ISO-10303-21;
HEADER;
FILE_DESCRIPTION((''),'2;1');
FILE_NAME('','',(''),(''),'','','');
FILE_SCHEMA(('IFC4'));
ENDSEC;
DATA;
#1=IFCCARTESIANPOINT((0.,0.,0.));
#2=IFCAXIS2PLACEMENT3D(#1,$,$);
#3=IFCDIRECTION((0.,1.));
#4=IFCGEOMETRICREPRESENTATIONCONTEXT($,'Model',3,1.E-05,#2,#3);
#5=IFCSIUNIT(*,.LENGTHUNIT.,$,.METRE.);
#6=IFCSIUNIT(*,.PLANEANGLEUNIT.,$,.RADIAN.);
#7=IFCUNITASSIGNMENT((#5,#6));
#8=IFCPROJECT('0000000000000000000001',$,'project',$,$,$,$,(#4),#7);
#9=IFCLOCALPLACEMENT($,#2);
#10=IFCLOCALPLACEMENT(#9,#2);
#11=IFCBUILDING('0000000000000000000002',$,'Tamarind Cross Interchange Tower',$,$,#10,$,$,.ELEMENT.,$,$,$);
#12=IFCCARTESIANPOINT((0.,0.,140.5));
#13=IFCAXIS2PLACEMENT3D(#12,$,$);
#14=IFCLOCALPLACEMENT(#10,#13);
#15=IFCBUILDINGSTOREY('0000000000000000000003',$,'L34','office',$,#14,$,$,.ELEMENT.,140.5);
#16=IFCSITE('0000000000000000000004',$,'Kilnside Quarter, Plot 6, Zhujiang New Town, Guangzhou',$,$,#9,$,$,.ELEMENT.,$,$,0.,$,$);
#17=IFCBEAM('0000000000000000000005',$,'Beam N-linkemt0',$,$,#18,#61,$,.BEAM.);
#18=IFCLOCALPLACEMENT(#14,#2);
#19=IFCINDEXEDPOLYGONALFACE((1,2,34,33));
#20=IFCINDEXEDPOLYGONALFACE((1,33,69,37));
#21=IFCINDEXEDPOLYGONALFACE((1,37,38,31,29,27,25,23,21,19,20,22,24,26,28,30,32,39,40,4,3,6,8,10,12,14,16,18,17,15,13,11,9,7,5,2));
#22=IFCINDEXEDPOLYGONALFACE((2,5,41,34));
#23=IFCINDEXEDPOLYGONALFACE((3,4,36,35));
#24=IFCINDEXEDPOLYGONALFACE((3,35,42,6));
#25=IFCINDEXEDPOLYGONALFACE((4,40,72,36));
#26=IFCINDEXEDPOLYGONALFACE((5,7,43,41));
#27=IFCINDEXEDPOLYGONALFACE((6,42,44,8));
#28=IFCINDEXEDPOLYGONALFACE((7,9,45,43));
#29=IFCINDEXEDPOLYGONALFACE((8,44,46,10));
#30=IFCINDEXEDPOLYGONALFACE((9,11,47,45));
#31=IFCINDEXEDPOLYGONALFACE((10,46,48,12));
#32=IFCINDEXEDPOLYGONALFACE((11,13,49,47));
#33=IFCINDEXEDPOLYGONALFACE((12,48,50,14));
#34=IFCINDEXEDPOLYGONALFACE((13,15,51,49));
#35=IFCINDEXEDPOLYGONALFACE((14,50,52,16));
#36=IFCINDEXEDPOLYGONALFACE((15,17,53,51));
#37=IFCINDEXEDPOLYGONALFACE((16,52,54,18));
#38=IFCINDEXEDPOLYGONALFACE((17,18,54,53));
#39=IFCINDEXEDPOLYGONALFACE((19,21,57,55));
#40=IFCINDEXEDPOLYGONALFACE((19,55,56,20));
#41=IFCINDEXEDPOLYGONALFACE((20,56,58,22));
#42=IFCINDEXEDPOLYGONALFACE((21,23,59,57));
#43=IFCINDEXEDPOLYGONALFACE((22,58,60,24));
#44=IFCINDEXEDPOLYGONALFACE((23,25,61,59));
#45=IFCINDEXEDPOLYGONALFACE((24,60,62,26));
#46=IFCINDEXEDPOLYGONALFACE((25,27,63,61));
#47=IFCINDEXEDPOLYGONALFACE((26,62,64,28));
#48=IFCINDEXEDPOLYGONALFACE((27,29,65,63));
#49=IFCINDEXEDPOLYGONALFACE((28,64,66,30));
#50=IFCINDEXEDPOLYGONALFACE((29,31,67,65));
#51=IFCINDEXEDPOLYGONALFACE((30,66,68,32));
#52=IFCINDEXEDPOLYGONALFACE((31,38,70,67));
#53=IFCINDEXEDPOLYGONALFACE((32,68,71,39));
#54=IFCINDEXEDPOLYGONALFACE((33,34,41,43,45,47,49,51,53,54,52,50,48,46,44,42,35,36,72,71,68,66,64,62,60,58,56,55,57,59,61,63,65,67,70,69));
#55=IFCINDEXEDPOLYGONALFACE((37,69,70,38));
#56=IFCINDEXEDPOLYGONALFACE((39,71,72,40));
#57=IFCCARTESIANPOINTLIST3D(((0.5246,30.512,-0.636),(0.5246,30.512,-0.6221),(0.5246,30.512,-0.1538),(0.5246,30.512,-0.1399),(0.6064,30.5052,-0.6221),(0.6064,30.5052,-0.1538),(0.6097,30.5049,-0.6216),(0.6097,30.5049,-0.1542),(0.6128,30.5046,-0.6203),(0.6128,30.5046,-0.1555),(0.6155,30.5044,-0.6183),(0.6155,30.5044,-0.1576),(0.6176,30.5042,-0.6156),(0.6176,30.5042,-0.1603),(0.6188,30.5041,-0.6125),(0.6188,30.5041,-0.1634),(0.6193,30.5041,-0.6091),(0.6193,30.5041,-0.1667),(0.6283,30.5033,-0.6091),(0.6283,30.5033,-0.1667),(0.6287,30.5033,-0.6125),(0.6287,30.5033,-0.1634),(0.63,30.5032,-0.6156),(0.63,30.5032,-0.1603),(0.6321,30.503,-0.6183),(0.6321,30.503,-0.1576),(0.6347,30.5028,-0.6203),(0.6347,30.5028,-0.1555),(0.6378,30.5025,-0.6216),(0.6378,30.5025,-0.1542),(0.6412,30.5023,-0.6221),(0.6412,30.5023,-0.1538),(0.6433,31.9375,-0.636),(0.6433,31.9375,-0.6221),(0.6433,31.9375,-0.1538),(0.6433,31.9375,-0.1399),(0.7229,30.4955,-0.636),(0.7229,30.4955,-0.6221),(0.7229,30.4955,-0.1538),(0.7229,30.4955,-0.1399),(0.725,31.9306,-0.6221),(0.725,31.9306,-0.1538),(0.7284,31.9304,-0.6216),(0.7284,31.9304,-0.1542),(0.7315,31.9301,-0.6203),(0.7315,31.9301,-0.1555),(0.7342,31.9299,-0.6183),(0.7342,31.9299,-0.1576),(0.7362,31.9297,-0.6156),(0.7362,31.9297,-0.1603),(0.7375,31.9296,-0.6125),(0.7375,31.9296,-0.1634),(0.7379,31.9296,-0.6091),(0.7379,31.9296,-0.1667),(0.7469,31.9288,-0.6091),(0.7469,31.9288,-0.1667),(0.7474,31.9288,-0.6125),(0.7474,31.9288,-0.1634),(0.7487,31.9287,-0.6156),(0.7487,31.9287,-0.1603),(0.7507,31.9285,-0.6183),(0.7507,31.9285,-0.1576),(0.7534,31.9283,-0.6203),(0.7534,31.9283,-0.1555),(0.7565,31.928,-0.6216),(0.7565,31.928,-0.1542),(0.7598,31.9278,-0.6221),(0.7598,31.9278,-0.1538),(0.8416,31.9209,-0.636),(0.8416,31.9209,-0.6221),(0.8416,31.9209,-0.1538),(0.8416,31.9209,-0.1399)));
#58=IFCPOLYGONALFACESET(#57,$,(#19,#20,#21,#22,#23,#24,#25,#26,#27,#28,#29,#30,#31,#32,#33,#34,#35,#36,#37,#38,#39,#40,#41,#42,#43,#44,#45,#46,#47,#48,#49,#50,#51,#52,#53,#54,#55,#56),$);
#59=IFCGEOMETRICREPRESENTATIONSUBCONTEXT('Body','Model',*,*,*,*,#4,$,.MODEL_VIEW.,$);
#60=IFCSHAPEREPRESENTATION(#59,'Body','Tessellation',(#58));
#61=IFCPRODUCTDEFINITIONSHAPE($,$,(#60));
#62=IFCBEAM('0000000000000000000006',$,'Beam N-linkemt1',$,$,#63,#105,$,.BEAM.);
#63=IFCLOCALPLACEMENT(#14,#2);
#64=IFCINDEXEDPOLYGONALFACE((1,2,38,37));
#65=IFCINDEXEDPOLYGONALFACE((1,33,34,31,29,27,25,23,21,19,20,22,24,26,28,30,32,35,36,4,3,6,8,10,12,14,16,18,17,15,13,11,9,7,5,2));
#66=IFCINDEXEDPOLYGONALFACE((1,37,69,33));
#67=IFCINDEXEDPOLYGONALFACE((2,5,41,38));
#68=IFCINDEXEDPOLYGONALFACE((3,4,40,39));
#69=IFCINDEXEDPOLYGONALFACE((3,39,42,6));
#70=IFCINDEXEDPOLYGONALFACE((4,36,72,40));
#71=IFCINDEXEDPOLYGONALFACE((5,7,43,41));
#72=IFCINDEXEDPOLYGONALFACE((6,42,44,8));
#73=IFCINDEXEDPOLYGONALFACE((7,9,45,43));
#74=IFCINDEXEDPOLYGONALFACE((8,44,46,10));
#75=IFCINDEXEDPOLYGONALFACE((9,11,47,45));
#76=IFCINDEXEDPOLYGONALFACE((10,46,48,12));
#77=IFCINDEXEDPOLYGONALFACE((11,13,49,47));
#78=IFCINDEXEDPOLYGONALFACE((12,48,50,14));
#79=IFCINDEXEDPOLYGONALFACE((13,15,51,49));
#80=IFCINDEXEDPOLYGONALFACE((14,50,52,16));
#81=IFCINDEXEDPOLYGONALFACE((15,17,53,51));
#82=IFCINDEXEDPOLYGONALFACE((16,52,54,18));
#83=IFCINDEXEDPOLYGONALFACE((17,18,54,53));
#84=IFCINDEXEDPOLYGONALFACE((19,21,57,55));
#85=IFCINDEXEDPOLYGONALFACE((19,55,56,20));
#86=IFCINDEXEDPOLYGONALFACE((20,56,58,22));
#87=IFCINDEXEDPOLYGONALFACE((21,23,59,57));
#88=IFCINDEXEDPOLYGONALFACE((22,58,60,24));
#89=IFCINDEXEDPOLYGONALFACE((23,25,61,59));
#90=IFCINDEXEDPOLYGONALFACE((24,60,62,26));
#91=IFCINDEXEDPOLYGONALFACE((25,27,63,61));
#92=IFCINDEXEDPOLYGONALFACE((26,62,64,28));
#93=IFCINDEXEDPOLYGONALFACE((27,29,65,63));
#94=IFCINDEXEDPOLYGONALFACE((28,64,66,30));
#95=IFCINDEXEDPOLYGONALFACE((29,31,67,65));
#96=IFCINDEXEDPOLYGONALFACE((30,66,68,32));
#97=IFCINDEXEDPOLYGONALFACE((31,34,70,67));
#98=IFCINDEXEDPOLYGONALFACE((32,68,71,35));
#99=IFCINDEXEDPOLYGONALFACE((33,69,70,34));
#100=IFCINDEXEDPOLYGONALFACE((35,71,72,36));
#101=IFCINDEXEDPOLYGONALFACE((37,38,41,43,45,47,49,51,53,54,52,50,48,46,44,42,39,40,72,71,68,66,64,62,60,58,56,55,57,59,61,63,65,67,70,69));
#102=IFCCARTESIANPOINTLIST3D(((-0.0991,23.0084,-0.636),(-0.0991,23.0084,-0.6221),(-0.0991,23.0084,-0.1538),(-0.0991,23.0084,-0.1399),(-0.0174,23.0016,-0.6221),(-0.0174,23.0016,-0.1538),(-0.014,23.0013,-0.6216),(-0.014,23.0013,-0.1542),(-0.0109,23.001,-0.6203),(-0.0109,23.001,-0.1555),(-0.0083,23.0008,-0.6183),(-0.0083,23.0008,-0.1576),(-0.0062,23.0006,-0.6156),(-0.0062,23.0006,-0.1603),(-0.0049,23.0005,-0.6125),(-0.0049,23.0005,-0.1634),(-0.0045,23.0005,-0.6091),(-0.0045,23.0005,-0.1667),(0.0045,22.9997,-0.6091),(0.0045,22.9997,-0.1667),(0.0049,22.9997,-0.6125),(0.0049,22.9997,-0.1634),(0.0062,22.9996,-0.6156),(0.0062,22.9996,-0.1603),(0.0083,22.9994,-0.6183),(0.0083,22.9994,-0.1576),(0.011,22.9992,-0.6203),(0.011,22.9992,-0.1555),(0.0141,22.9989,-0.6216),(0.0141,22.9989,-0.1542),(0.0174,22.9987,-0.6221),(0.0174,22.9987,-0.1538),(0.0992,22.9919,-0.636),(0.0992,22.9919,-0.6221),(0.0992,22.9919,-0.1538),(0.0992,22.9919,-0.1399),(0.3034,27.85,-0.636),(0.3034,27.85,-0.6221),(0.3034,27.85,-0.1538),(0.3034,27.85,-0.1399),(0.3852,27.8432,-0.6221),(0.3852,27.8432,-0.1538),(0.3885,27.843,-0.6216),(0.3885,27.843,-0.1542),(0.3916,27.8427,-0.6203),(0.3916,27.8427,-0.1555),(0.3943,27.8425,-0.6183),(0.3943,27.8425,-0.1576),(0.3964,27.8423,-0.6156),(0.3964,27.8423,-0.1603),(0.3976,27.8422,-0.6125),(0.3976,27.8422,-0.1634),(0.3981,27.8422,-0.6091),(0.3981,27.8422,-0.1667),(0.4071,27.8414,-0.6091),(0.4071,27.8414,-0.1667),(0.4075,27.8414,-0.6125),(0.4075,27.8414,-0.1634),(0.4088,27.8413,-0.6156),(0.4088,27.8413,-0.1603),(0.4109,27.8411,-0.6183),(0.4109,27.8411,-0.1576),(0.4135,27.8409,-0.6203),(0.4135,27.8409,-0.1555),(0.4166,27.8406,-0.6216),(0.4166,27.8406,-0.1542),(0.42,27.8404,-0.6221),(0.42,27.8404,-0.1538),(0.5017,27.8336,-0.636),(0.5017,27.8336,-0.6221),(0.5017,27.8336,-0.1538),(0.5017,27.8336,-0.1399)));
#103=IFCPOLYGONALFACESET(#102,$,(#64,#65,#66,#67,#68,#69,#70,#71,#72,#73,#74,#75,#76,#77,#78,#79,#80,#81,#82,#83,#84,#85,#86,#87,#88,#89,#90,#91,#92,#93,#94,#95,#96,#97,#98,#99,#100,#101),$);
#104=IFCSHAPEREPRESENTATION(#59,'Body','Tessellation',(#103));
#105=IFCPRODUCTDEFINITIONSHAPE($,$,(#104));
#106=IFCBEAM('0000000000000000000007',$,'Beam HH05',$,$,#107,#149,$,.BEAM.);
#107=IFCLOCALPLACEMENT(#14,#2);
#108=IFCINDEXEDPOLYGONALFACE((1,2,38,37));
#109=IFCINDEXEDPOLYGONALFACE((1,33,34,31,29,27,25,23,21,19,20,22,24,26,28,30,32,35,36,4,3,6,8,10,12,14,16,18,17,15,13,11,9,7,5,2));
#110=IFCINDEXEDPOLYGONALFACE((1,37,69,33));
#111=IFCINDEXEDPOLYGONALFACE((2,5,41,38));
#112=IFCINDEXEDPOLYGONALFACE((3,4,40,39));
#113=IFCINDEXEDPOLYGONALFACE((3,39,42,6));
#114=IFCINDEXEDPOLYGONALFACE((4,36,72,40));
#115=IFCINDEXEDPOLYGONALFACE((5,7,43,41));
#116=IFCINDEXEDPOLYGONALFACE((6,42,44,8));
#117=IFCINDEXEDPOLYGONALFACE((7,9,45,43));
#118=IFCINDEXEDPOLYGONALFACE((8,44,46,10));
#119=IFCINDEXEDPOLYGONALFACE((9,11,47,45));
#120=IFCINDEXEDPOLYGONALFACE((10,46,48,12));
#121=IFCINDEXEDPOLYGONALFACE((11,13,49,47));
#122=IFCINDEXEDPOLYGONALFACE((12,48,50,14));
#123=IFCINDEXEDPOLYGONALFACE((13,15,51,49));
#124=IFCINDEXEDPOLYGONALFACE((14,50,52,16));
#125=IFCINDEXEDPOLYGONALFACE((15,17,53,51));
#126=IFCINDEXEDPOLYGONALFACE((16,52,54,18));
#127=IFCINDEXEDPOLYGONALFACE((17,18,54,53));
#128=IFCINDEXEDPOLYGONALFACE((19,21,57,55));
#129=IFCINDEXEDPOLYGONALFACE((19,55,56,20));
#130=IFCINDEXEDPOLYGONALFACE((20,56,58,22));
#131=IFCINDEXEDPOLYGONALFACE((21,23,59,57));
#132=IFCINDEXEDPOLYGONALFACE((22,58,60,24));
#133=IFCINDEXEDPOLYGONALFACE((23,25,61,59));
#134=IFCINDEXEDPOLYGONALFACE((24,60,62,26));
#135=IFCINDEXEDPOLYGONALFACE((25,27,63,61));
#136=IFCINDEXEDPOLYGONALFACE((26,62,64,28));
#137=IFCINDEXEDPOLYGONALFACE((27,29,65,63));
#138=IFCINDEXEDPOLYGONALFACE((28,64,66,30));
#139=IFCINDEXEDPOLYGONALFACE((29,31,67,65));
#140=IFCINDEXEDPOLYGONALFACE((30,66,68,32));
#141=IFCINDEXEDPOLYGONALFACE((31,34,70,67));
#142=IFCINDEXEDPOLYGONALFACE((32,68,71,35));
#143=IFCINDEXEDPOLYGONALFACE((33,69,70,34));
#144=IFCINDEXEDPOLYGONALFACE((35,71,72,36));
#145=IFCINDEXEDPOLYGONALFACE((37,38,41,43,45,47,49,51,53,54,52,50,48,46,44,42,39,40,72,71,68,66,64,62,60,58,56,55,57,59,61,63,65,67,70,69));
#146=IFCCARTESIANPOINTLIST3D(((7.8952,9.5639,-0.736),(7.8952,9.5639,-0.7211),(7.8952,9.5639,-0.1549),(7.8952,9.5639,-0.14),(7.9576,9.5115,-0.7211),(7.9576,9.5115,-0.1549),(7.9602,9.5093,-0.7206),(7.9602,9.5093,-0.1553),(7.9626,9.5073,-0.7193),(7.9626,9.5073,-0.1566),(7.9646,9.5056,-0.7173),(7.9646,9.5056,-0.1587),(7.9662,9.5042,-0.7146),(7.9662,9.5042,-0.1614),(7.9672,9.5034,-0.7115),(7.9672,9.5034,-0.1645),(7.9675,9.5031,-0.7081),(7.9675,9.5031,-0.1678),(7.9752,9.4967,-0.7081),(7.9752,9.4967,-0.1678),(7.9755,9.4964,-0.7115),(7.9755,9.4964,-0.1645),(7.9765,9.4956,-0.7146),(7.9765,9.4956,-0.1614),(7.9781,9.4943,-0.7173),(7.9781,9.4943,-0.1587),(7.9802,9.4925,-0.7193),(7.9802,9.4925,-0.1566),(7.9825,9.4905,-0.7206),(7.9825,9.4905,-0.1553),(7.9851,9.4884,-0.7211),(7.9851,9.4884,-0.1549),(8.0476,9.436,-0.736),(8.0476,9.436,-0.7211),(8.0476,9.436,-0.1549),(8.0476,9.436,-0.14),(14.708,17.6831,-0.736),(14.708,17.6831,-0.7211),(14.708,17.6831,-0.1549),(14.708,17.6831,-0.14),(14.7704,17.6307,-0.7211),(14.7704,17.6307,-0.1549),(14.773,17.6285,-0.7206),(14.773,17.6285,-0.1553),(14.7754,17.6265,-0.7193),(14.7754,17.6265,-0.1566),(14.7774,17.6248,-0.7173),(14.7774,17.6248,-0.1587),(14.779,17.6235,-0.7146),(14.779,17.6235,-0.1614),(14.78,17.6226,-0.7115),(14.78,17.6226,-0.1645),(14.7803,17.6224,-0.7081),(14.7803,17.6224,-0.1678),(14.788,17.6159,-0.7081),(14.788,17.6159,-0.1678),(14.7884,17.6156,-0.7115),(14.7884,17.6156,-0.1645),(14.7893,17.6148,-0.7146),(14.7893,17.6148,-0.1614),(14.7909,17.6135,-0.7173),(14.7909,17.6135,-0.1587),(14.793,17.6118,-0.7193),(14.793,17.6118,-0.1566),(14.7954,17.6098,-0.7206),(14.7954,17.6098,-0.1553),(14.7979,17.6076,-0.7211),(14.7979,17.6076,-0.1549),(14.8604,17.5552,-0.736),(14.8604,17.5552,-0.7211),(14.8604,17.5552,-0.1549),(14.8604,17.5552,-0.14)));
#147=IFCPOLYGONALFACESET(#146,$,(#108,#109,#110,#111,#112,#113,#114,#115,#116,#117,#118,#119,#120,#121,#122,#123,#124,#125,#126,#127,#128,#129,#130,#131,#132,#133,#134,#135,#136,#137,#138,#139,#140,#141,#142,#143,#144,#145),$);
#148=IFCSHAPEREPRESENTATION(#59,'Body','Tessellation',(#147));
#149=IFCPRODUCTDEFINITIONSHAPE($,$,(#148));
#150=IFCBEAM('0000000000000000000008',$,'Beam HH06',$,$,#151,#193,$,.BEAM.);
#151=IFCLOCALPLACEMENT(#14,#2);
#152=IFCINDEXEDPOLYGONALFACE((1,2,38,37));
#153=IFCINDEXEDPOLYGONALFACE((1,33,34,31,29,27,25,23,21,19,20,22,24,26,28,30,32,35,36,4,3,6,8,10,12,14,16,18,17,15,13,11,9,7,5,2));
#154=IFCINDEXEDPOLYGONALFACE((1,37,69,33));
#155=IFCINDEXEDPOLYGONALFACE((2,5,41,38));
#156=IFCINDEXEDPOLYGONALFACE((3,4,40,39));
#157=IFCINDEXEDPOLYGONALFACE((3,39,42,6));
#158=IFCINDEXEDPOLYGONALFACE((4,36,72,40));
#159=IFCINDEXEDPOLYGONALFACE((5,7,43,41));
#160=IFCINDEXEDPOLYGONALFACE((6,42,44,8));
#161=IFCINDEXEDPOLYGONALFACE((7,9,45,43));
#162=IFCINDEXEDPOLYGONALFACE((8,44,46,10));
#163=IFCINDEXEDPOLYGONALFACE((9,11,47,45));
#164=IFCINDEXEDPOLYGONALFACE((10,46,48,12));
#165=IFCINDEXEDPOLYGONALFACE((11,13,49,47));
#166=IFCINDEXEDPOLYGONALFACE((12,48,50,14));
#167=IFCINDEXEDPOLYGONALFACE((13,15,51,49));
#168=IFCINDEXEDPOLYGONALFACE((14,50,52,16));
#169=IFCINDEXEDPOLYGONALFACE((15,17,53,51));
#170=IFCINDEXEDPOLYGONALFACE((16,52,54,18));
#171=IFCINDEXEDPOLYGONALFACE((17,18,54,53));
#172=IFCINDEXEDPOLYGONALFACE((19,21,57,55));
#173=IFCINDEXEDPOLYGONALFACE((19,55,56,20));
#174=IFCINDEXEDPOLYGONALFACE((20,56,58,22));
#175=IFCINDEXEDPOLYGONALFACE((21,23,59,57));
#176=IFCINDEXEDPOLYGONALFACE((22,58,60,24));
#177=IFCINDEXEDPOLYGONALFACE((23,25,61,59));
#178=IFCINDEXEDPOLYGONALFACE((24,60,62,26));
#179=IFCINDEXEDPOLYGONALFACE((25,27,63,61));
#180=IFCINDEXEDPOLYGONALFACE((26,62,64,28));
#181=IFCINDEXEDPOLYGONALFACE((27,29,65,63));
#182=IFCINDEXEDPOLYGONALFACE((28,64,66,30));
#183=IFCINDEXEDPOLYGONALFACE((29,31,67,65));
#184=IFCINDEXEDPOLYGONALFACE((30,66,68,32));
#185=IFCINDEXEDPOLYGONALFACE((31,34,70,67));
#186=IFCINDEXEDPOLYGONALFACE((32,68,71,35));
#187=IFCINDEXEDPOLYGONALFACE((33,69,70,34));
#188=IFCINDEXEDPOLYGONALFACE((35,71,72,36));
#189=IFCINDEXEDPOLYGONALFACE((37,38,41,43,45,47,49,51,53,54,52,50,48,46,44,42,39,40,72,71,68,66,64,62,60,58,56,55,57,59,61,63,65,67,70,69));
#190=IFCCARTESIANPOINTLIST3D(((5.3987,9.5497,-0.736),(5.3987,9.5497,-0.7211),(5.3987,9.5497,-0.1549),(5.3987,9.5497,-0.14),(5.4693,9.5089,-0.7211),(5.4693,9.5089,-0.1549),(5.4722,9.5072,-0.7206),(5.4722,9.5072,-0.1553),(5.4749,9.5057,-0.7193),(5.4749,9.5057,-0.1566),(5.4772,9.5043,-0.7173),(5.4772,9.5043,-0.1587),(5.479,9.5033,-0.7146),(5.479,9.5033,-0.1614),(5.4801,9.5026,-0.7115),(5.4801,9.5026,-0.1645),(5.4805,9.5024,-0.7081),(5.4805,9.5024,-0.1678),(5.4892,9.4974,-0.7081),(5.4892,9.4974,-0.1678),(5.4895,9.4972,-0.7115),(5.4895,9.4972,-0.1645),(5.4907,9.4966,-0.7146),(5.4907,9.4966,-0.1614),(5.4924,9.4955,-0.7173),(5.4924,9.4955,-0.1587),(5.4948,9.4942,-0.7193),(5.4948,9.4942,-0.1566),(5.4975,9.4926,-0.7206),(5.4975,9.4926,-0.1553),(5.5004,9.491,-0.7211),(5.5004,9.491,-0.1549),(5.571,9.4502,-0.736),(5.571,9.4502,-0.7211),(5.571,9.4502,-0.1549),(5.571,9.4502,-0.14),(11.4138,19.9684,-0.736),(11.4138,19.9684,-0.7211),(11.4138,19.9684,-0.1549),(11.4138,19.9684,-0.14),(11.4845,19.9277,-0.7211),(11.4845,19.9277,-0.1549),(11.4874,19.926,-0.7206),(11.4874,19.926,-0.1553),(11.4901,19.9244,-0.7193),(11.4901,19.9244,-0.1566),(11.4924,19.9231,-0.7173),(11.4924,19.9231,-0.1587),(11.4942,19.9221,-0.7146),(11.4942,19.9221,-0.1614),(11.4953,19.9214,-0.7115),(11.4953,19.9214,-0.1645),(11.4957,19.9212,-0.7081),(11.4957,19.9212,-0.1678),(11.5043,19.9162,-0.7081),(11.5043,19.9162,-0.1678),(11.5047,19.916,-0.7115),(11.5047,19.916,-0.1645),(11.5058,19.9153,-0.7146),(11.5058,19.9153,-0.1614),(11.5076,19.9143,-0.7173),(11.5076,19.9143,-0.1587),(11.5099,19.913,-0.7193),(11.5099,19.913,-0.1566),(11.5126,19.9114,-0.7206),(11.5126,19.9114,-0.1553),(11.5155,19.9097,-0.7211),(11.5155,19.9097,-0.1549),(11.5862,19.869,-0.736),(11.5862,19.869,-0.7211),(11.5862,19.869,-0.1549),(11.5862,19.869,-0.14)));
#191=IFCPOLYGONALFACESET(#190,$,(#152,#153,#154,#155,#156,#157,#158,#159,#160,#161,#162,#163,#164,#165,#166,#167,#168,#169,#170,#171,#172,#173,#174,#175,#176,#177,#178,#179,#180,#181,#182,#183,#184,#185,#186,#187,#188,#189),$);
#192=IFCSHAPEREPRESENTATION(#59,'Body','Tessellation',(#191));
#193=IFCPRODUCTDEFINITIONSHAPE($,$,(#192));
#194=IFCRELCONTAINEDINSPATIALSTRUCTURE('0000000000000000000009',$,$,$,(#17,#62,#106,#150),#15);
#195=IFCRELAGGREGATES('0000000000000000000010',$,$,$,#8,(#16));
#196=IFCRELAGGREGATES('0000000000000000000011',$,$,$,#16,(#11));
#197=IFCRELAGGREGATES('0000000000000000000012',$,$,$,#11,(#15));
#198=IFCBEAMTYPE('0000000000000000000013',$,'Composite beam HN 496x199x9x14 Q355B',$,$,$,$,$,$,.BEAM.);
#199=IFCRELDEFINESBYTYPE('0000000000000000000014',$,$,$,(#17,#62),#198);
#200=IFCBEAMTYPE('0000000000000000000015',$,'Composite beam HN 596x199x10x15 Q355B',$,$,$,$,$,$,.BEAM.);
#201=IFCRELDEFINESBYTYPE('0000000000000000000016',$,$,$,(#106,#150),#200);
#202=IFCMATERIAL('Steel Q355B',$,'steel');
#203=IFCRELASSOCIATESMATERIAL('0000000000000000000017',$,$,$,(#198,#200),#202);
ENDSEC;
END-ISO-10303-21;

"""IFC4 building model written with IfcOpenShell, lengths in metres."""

from ifc_helpers import new_model, si_unit, direction, frame, origin, origin_2d, place, context, subcontext, project, spatial, i_section, extrude, material, material_profile, profile_set, type_object, element, save


model = new_model("IFC4")

# Units and contexts
model_context = context("Model", 3, precision=1e-05, world=origin(), true_north=direction((0.0, 1.0)))
body_context = subcontext(model_context, "Body", "Model", "MODEL_VIEW")
ifc_project = project(units=[si_unit("LENGTHUNIT", "METRE"), si_unit("PLANEANGLEUNIT", "RADIAN")], contexts=[model_context])

# Site, building, storey
site_placement = place(None, origin())
site = spatial("IfcSite", under=ifc_project, at=site_placement, Name="Kilnside Quarter, Plot 6, Zhujiang New Town, Guangzhou", CompositionType="ELEMENT", RefElevation=0.0)
building_placement = place(site_placement, origin())
building = spatial("IfcBuilding", under=site, at=building_placement, Name="Tamarind Cross Interchange Tower", CompositionType="ELEMENT")
storey_placement = place(building_placement, frame((0.0, 0.0, 140.5)))
storey = spatial("IfcBuildingStorey", under=building, at=storey_placement, Name="L34", Description="office", CompositionType="ELEMENT", Elevation=140.5)

# Beams
ifc_material_1 = material(Name="Steel Q355B", Category="steel")
ifc_material_profile_1 = material_profile(ifc_material_1, i_section(OverallWidth=0.199, OverallDepth=0.4961, WebThickness=0.009, FlangeThickness=0.0139, FilletRadius=0.0129, at=origin_2d()), Name="HN 496x199x9x14")
ifc_profile_set_1 = profile_set([ifc_material_profile_1], Name="Steel Q355B")
beam_type_1 = type_object("IfcBeamType", Name="Composite beam HN 496x199x9x14 Q355B", PredefinedType="BEAM", material=ifc_profile_set_1)
beam_1_placement = place(storey_placement, frame((0.7424, 31.9292, -0.3879), z_axis=(-0.082947, -0.996554, 0.0), x_axis=(0.996554, -0.082947, 0.0)))
element("IfcBeam", 1, at=beam_1_placement, inside=storey, type_object=beam_type_1, Name="Beam N-linkemt0", PredefinedType="BEAM", context=body_context, shape_type="SweptSolid", body=[
    extrude(i_section(OverallWidth=0.199, OverallDepth=0.4961, WebThickness=0.009, FlangeThickness=0.0139, FilletRadius=0.0129, at=origin_2d()), origin(), (0.0, 0.0, 1.0), 1.4304),
])
beam_2_placement = place(storey_placement, frame((0.4026, 27.8418, -0.3879), z_axis=(-0.082862, -0.996561, 0.0), x_axis=(0.996561, -0.082862, 0.0)))
element("IfcBeam", 2, at=beam_2_placement, inside=storey, type_object=beam_type_1, Name="Beam N-linkemt1", PredefinedType="BEAM", context=body_context, shape_type="SweptSolid", body=[
    extrude(i_section(OverallWidth=0.199, OverallDepth=0.4961, WebThickness=0.009, FlangeThickness=0.0139, FilletRadius=0.0129, at=origin_2d()), origin(), (0.0, 0.0, 1.0), 4.8584),
])
ifc_material_profile_2 = material_profile(ifc_material_1, i_section(OverallWidth=0.199, OverallDepth=0.5959, WebThickness=0.01, FlangeThickness=0.0149, FilletRadius=0.0129, at=origin_2d()), Name="HN 596x199x10x15")
ifc_profile_set_2 = profile_set([ifc_material_profile_2], Name="Steel Q355B")
beam_type_2 = type_object("IfcBeamType", Name="Composite beam HN 596x199x10x15 Q355B", PredefinedType="BEAM", material=ifc_profile_set_2)
beam_3_placement = place(storey_placement, frame((14.7842, 17.6191, -0.438), z_axis=(-0.642786, -0.766046, 0.0), x_axis=(0.766046, -0.642786, 0.0)))
element("IfcBeam", 3, at=beam_3_placement, inside=storey, type_object=beam_type_2, Name="Beam HH05", PredefinedType="BEAM", context=body_context, shape_type="SweptSolid", body=[
    extrude(i_section(OverallWidth=0.199, OverallDepth=0.5959, WebThickness=0.01, FlangeThickness=0.0149, FilletRadius=0.0129, at=origin_2d()), origin(), (0.0, 0.0, 1.0), 10.5989),
])
beam_4_placement = place(storey_placement, frame((11.5, 19.9187, -0.438), z_axis=(-0.499994, -0.866029, 0.0), x_axis=(0.866029, -0.499994, 0.0)))
element("IfcBeam", 4, at=beam_4_placement, inside=storey, type_object=beam_type_2, Name="Beam HH06", PredefinedType="BEAM", context=body_context, shape_type="SweptSolid", body=[
    extrude(i_section(OverallWidth=0.199, OverallDepth=0.5959, WebThickness=0.01, FlangeThickness=0.0149, FilletRadius=0.0129, at=origin_2d()), origin(), (0.0, 0.0, 1.0), 12.0305),
])

save(model, "model.ifc")
